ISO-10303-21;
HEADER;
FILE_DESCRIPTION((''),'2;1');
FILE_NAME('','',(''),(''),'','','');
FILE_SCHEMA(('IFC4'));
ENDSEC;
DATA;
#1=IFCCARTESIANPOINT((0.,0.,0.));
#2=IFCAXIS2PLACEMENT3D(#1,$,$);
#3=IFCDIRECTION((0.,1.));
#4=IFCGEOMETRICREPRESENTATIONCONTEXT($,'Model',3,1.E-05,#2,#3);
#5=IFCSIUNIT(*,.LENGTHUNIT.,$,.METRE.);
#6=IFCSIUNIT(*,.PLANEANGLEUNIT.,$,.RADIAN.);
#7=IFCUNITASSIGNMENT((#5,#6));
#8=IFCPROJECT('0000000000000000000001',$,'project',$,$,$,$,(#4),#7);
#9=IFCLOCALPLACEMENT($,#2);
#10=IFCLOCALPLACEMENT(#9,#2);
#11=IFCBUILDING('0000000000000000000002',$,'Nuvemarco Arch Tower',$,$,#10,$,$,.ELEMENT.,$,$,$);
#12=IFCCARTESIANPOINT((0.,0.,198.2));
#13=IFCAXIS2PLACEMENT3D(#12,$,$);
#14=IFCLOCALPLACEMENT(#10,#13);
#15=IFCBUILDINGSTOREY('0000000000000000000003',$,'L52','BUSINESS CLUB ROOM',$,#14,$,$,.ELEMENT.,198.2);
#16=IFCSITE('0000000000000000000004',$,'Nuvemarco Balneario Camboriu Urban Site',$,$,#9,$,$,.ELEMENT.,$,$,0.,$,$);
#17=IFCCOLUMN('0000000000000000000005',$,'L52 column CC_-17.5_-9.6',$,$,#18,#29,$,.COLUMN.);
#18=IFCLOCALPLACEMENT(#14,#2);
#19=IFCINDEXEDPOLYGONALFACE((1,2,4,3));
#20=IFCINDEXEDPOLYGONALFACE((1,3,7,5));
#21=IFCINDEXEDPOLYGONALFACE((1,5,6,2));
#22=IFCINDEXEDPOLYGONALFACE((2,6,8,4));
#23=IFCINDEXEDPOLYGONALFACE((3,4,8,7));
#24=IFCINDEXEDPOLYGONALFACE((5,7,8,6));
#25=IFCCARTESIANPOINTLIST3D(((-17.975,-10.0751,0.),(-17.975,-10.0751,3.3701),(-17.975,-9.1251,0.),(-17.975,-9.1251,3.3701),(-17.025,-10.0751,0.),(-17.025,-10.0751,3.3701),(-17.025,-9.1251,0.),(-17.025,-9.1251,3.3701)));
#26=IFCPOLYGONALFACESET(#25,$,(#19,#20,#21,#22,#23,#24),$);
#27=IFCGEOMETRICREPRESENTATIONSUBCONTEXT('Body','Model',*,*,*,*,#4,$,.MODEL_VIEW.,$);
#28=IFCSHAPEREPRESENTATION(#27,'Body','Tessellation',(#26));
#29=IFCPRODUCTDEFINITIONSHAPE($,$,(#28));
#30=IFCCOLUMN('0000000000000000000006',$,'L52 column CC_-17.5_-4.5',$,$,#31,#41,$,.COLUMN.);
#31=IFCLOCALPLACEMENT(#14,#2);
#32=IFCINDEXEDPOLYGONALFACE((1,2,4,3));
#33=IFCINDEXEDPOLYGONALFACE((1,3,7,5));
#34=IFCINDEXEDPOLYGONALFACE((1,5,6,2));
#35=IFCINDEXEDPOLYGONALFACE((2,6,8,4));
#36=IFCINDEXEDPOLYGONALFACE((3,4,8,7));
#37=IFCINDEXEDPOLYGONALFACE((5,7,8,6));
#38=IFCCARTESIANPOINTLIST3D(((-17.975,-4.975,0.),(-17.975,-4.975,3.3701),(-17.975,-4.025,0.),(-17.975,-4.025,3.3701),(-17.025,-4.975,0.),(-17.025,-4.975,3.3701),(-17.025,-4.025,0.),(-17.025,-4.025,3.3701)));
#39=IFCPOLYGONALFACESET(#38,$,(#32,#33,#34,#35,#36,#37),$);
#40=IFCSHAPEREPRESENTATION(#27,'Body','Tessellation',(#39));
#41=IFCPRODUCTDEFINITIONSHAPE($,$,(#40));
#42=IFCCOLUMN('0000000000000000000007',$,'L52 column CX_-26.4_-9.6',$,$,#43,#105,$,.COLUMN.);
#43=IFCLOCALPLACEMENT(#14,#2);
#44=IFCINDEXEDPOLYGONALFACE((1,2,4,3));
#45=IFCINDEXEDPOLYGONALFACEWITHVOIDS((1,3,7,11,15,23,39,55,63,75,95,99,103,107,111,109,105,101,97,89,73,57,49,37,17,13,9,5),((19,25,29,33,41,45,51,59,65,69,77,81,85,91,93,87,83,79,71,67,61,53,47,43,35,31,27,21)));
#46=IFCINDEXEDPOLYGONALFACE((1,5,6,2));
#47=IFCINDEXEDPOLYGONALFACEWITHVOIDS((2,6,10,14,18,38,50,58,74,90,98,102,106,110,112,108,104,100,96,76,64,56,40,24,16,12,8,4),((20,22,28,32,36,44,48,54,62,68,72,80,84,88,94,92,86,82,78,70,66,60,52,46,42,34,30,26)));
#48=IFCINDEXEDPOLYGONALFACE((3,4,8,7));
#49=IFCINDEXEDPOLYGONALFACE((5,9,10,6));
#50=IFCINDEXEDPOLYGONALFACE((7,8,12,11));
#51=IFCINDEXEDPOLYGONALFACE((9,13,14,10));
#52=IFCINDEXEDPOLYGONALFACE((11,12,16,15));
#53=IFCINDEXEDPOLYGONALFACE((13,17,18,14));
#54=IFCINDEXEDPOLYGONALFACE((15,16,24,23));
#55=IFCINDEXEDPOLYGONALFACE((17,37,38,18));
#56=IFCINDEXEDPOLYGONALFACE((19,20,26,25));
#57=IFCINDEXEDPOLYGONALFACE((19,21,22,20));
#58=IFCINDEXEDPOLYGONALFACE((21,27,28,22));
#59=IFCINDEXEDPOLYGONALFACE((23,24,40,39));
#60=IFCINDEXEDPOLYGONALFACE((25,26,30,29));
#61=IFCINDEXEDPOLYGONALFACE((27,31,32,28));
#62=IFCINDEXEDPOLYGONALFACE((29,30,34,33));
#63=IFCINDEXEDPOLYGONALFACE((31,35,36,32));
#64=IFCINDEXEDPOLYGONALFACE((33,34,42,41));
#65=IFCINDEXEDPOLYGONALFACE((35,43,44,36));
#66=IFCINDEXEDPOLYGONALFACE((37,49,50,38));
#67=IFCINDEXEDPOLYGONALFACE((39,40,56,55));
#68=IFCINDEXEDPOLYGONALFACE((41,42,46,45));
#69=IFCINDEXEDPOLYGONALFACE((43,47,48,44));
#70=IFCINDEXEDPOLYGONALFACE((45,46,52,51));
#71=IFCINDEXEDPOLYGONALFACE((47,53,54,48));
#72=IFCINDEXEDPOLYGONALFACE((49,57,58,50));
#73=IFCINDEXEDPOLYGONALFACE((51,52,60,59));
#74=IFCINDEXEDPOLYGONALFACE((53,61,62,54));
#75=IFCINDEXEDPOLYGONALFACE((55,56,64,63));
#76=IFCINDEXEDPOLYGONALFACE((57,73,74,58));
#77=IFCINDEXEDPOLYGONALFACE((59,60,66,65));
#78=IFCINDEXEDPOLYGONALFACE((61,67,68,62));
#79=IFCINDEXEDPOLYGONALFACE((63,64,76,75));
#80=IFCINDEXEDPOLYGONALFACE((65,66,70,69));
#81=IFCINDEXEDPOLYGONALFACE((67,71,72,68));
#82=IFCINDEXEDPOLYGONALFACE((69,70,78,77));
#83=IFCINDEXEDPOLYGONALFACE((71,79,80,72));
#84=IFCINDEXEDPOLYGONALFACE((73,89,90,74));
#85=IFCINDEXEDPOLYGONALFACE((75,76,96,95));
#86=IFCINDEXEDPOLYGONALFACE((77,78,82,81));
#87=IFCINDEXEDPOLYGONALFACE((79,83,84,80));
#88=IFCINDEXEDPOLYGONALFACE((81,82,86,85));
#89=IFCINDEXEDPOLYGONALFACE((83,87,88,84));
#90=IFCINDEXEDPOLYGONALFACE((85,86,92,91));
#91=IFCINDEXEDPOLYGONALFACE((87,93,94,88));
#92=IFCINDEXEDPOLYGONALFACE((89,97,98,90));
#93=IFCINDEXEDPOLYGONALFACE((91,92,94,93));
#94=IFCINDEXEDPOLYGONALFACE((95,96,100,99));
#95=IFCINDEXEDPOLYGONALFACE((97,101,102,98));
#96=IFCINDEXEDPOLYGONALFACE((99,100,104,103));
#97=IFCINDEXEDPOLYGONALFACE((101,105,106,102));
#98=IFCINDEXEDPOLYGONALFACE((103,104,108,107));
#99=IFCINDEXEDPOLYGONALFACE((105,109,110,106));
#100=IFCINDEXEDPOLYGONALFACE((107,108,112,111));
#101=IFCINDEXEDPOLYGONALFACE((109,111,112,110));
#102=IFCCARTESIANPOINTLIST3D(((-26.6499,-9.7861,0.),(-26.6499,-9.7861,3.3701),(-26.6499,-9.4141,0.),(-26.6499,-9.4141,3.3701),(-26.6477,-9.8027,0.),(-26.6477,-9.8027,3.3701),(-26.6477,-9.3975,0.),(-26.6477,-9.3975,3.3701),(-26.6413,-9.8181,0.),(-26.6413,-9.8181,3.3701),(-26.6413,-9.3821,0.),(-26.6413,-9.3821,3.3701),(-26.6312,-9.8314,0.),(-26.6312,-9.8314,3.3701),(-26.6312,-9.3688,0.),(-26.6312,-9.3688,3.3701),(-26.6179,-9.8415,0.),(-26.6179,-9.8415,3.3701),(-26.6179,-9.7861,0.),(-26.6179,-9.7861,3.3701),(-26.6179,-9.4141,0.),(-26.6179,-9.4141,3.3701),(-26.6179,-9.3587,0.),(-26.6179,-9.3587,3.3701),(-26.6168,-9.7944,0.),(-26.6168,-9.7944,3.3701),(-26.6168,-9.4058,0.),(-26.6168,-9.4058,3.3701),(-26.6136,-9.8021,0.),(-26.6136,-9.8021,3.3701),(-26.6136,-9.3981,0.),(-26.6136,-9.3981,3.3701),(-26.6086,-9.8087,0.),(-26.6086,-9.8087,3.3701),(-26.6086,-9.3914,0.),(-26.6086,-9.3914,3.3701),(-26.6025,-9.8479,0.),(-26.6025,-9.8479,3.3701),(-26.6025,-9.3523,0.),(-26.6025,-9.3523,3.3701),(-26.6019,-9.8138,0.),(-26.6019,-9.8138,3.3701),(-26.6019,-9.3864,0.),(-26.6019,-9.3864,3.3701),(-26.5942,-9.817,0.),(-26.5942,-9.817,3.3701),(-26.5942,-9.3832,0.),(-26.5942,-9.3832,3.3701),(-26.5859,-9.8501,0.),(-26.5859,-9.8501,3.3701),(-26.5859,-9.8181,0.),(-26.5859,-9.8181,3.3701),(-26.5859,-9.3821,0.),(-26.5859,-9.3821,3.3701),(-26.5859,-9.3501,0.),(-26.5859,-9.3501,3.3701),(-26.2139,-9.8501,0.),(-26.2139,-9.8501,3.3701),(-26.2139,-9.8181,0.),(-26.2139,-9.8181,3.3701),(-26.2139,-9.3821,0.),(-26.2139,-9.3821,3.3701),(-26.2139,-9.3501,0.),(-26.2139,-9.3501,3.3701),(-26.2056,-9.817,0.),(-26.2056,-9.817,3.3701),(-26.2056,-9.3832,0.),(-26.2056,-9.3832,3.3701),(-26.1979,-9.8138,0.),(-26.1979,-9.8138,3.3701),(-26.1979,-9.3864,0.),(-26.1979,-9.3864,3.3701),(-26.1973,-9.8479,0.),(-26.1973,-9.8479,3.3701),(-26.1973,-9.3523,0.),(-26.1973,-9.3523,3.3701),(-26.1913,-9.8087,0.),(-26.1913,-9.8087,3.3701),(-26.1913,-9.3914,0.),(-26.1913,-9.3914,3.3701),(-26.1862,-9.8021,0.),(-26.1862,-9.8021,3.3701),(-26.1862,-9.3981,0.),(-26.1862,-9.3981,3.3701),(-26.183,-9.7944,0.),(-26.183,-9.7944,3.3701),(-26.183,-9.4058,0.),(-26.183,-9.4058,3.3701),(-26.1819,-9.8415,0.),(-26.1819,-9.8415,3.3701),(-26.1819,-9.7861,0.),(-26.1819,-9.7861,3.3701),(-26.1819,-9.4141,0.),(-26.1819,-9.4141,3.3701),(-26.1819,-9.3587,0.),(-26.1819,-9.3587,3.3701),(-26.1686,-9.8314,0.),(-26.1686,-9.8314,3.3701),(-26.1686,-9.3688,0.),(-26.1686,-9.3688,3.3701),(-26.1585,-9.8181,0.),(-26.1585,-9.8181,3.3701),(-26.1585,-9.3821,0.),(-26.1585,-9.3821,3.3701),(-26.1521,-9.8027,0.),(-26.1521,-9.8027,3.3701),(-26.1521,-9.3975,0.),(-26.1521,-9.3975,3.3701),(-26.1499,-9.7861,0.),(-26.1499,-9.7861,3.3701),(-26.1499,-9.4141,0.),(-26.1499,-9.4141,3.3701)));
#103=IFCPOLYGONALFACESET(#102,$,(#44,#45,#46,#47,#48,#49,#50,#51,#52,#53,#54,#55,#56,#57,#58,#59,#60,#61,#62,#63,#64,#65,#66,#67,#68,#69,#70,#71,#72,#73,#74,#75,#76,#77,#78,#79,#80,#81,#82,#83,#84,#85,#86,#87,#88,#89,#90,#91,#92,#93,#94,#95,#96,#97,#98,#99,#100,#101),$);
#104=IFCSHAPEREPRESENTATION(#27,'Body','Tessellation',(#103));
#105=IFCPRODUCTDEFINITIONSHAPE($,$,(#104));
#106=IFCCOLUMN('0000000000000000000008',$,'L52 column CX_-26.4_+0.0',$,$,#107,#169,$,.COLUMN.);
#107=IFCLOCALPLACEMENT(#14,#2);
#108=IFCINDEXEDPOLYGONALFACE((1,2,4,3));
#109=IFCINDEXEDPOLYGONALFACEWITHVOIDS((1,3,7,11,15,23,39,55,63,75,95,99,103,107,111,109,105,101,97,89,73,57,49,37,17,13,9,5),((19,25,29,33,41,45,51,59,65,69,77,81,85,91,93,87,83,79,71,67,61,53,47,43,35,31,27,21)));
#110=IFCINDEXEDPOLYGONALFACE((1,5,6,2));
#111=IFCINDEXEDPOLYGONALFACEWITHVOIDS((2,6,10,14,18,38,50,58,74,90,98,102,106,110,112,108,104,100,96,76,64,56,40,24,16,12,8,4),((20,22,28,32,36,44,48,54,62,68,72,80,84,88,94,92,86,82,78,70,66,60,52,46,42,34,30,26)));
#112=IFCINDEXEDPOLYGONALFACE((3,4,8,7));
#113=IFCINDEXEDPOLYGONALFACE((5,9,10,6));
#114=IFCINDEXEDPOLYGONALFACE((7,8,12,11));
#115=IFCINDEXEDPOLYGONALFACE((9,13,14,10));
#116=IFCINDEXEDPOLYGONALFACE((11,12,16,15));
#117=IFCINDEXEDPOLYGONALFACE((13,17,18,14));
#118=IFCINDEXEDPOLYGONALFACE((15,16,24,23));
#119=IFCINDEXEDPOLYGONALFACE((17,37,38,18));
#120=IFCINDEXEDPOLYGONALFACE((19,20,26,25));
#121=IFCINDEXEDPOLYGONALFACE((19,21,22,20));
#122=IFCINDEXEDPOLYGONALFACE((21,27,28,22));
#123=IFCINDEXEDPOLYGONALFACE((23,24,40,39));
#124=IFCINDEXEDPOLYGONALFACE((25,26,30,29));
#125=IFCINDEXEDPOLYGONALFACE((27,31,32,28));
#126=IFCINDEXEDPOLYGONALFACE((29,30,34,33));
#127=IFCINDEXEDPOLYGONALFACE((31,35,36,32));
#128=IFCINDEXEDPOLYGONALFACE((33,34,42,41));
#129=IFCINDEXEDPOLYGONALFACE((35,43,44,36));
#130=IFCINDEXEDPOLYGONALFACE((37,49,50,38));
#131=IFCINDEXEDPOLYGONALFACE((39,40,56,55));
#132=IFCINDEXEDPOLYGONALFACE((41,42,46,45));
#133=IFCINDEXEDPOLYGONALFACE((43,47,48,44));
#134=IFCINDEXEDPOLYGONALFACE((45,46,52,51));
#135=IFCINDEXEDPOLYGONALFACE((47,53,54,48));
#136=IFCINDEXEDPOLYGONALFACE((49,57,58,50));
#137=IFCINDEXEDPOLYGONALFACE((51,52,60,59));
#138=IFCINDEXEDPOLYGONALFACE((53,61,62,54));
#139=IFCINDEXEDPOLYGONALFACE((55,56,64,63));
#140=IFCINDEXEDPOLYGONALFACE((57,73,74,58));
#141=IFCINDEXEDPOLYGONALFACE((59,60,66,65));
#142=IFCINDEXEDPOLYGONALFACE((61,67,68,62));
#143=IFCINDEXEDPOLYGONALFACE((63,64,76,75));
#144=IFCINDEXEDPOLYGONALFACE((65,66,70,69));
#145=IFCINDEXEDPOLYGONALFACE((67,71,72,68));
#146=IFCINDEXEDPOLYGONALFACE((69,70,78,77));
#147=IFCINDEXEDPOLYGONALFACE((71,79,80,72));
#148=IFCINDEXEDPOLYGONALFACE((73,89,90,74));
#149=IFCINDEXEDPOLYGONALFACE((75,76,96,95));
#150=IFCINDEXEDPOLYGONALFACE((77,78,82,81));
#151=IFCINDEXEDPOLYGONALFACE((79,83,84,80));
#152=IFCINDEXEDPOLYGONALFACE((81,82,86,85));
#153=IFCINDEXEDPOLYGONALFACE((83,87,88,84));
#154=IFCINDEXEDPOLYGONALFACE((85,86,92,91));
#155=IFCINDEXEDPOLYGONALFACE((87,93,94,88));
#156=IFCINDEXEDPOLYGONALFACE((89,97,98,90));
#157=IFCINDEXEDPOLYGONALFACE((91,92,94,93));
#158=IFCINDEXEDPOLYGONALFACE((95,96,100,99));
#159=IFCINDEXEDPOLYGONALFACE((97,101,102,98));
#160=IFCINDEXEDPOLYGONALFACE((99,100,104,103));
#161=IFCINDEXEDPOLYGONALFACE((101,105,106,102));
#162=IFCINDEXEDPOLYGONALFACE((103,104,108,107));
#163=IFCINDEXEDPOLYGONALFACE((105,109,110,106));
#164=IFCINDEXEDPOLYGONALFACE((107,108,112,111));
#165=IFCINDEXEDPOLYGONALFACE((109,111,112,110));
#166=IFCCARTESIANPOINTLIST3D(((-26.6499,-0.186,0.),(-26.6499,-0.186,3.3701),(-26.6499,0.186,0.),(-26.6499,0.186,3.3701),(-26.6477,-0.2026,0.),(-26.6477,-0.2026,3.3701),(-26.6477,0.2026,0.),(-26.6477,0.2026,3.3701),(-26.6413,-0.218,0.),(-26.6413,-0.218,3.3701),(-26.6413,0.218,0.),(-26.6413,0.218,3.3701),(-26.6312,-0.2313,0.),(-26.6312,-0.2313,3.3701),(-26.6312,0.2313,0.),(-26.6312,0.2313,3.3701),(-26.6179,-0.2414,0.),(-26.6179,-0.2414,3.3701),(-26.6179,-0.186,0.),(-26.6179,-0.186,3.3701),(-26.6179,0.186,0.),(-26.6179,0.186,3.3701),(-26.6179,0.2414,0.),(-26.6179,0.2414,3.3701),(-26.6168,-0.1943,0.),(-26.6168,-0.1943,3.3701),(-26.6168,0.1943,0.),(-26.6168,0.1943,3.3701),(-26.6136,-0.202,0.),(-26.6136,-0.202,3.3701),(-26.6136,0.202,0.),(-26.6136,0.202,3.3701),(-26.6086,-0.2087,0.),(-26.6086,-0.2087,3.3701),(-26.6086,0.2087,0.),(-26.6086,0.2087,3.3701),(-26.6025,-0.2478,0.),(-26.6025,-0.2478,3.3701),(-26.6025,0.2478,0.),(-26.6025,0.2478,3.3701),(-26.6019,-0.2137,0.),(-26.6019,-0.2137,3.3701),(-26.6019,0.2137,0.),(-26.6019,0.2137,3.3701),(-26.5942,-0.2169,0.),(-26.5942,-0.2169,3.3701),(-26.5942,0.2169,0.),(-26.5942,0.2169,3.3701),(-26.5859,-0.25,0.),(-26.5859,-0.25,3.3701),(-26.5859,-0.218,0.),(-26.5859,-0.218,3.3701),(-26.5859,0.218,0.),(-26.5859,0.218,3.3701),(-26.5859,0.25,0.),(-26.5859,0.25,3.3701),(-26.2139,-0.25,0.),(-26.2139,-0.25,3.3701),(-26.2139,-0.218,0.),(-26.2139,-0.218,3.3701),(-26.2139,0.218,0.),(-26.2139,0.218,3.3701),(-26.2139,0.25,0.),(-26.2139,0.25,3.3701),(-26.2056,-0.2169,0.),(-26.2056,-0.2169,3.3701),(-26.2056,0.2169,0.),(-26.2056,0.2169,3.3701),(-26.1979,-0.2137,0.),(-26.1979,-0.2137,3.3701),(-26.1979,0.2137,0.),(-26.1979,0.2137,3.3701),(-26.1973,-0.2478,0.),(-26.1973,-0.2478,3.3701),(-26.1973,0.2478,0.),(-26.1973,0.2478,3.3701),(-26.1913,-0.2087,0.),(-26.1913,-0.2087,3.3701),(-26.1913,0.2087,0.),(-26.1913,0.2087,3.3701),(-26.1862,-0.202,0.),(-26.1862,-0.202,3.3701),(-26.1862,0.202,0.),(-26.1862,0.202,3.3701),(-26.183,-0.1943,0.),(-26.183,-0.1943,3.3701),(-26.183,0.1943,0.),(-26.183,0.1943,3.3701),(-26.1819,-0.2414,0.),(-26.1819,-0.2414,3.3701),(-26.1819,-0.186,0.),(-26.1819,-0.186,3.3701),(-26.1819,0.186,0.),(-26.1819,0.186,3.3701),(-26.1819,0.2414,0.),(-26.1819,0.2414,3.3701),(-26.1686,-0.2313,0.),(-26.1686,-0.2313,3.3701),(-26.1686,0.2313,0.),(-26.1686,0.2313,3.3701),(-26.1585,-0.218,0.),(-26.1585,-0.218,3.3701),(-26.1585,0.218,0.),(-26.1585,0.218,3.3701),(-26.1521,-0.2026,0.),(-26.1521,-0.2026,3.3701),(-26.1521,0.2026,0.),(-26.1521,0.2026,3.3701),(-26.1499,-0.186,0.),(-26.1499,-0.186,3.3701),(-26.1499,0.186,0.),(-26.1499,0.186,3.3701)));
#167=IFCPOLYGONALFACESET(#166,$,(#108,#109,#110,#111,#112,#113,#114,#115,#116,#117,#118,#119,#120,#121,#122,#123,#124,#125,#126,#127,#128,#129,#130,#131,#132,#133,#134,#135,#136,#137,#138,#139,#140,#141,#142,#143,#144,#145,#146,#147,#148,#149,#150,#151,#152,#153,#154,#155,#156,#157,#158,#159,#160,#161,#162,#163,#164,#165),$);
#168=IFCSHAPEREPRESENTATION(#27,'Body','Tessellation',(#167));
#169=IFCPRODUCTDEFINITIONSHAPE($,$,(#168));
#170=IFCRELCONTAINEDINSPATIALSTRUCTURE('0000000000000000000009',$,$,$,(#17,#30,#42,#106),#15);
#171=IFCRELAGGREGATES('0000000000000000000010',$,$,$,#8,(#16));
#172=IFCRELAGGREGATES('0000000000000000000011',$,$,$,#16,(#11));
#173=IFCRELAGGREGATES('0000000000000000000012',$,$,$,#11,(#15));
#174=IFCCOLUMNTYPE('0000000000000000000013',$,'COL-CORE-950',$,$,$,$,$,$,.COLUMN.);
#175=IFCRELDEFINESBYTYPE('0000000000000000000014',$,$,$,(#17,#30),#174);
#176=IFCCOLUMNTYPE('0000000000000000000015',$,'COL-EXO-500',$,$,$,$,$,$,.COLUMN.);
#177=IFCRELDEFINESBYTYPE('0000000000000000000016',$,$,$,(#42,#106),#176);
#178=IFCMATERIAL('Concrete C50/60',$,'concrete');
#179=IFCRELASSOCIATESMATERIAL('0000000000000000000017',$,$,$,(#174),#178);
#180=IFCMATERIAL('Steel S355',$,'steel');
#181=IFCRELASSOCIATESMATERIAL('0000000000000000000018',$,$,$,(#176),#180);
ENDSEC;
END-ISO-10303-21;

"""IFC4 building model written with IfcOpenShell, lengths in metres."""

from ifc_helpers import new_model, si_unit, direction, frame, origin, origin_2d, place, context, subcontext, project, spatial, rectangle, hollow_rectangle, extrude, material, material_profile, profile_set, type_object, element, save


model = new_model("IFC4")

# Units and contexts
model_context = context("Model", 3, precision=1e-05, world=origin(), true_north=direction((0.0, 1.0)))
body_context = subcontext(model_context, "Body", "Model", "MODEL_VIEW")
ifc_project = project(units=[si_unit("LENGTHUNIT", "METRE"), si_unit("PLANEANGLEUNIT", "RADIAN")], contexts=[model_context])

# Site, building, storey
site_placement = place(None, origin())
site = spatial("IfcSite", under=ifc_project, at=site_placement, Name="Nuvemarco Balneario Camboriu Urban Site", CompositionType="ELEMENT", RefElevation=0.0)
building_placement = place(site_placement, origin())
building = spatial("IfcBuilding", under=site, at=building_placement, Name="Nuvemarco Arch Tower", CompositionType="ELEMENT")
storey_placement = place(building_placement, frame((0.0, 0.0, 198.2)))
storey = spatial("IfcBuildingStorey", under=building, at=storey_placement, Name="L52", Description="BUSINESS CLUB ROOM", CompositionType="ELEMENT", Elevation=198.2)

# Columns
ifc_material_1 = material(Name="Concrete C50/60", Category="concrete")
ifc_material_profile_1 = material_profile(ifc_material_1, rectangle(XDim=0.95, YDim=0.95, at=origin_2d()), Name="RC-COL-950x950")
ifc_profile_set_1 = profile_set([ifc_material_profile_1], Name="Concrete C50/60")
column_type_1 = type_object("IfcColumnType", Name="COL-CORE-950", PredefinedType="COLUMN", material=ifc_profile_set_1)
for number, where, z_axis, x_axis, name in (
    (1, (-17.5, -9.6001, 0.0), (0.0, 0.0, 1.0), (1.0, 0.0, 0.0), "L52 column CC_-17.5_-9.6"),
    (2, (-17.5, -4.5, 0.0), (0.0, 0.0, 1.0), (1.0, 0.0, 0.0), "L52 column CC_-17.5_-4.5"),
):
    element("IfcColumn", number, at=place(storey_placement, frame(where, z_axis=z_axis, x_axis=x_axis)), inside=storey, type_object=column_type_1, Name=name, PredefinedType="COLUMN", context=body_context, shape_type="SweptSolid", body=[
        extrude(rectangle(XDim=0.95, YDim=0.95, at=origin_2d()), origin(), (0.0, 0.0, 1.0), 3.3701),
    ])
ifc_material_2 = material(Name="Steel S355", Category="steel")
ifc_material_profile_2 = material_profile(ifc_material_2, hollow_rectangle(XDim=0.5, YDim=0.5, WallThickness=0.032, InnerFilletRadius=0.032, OuterFilletRadius=0.064, at=origin_2d()), Name="SHS500x500x32")
ifc_profile_set_2 = profile_set([ifc_material_profile_2], Name="Steel S355")
column_type_2 = type_object("IfcColumnType", Name="COL-EXO-500", PredefinedType="COLUMN", material=ifc_profile_set_2)
for number, where, z_axis, x_axis, name in (
    (3, (-26.3999, -9.6001, 0.0), (0.0, 0.0, 1.0), (1.0, 0.0, 0.0), "L52 column CX_-26.4_-9.6"),
    (4, (-26.3999, 0.0, 0.0), (0.0, 0.0, 1.0), (1.0, 0.0, 0.0), "L52 column CX_-26.4_+0.0"),
):
    element("IfcColumn", number, at=place(storey_placement, frame(where, z_axis=z_axis, x_axis=x_axis)), inside=storey, type_object=column_type_2, Name=name, PredefinedType="COLUMN", context=body_context, shape_type="SweptSolid", body=[
        extrude(hollow_rectangle(XDim=0.5, YDim=0.5, WallThickness=0.032, InnerFilletRadius=0.032, OuterFilletRadius=0.064, at=origin_2d()), origin(), (0.0, 0.0, 1.0), 3.3701),
    ])

save(model, "model.ifc")
